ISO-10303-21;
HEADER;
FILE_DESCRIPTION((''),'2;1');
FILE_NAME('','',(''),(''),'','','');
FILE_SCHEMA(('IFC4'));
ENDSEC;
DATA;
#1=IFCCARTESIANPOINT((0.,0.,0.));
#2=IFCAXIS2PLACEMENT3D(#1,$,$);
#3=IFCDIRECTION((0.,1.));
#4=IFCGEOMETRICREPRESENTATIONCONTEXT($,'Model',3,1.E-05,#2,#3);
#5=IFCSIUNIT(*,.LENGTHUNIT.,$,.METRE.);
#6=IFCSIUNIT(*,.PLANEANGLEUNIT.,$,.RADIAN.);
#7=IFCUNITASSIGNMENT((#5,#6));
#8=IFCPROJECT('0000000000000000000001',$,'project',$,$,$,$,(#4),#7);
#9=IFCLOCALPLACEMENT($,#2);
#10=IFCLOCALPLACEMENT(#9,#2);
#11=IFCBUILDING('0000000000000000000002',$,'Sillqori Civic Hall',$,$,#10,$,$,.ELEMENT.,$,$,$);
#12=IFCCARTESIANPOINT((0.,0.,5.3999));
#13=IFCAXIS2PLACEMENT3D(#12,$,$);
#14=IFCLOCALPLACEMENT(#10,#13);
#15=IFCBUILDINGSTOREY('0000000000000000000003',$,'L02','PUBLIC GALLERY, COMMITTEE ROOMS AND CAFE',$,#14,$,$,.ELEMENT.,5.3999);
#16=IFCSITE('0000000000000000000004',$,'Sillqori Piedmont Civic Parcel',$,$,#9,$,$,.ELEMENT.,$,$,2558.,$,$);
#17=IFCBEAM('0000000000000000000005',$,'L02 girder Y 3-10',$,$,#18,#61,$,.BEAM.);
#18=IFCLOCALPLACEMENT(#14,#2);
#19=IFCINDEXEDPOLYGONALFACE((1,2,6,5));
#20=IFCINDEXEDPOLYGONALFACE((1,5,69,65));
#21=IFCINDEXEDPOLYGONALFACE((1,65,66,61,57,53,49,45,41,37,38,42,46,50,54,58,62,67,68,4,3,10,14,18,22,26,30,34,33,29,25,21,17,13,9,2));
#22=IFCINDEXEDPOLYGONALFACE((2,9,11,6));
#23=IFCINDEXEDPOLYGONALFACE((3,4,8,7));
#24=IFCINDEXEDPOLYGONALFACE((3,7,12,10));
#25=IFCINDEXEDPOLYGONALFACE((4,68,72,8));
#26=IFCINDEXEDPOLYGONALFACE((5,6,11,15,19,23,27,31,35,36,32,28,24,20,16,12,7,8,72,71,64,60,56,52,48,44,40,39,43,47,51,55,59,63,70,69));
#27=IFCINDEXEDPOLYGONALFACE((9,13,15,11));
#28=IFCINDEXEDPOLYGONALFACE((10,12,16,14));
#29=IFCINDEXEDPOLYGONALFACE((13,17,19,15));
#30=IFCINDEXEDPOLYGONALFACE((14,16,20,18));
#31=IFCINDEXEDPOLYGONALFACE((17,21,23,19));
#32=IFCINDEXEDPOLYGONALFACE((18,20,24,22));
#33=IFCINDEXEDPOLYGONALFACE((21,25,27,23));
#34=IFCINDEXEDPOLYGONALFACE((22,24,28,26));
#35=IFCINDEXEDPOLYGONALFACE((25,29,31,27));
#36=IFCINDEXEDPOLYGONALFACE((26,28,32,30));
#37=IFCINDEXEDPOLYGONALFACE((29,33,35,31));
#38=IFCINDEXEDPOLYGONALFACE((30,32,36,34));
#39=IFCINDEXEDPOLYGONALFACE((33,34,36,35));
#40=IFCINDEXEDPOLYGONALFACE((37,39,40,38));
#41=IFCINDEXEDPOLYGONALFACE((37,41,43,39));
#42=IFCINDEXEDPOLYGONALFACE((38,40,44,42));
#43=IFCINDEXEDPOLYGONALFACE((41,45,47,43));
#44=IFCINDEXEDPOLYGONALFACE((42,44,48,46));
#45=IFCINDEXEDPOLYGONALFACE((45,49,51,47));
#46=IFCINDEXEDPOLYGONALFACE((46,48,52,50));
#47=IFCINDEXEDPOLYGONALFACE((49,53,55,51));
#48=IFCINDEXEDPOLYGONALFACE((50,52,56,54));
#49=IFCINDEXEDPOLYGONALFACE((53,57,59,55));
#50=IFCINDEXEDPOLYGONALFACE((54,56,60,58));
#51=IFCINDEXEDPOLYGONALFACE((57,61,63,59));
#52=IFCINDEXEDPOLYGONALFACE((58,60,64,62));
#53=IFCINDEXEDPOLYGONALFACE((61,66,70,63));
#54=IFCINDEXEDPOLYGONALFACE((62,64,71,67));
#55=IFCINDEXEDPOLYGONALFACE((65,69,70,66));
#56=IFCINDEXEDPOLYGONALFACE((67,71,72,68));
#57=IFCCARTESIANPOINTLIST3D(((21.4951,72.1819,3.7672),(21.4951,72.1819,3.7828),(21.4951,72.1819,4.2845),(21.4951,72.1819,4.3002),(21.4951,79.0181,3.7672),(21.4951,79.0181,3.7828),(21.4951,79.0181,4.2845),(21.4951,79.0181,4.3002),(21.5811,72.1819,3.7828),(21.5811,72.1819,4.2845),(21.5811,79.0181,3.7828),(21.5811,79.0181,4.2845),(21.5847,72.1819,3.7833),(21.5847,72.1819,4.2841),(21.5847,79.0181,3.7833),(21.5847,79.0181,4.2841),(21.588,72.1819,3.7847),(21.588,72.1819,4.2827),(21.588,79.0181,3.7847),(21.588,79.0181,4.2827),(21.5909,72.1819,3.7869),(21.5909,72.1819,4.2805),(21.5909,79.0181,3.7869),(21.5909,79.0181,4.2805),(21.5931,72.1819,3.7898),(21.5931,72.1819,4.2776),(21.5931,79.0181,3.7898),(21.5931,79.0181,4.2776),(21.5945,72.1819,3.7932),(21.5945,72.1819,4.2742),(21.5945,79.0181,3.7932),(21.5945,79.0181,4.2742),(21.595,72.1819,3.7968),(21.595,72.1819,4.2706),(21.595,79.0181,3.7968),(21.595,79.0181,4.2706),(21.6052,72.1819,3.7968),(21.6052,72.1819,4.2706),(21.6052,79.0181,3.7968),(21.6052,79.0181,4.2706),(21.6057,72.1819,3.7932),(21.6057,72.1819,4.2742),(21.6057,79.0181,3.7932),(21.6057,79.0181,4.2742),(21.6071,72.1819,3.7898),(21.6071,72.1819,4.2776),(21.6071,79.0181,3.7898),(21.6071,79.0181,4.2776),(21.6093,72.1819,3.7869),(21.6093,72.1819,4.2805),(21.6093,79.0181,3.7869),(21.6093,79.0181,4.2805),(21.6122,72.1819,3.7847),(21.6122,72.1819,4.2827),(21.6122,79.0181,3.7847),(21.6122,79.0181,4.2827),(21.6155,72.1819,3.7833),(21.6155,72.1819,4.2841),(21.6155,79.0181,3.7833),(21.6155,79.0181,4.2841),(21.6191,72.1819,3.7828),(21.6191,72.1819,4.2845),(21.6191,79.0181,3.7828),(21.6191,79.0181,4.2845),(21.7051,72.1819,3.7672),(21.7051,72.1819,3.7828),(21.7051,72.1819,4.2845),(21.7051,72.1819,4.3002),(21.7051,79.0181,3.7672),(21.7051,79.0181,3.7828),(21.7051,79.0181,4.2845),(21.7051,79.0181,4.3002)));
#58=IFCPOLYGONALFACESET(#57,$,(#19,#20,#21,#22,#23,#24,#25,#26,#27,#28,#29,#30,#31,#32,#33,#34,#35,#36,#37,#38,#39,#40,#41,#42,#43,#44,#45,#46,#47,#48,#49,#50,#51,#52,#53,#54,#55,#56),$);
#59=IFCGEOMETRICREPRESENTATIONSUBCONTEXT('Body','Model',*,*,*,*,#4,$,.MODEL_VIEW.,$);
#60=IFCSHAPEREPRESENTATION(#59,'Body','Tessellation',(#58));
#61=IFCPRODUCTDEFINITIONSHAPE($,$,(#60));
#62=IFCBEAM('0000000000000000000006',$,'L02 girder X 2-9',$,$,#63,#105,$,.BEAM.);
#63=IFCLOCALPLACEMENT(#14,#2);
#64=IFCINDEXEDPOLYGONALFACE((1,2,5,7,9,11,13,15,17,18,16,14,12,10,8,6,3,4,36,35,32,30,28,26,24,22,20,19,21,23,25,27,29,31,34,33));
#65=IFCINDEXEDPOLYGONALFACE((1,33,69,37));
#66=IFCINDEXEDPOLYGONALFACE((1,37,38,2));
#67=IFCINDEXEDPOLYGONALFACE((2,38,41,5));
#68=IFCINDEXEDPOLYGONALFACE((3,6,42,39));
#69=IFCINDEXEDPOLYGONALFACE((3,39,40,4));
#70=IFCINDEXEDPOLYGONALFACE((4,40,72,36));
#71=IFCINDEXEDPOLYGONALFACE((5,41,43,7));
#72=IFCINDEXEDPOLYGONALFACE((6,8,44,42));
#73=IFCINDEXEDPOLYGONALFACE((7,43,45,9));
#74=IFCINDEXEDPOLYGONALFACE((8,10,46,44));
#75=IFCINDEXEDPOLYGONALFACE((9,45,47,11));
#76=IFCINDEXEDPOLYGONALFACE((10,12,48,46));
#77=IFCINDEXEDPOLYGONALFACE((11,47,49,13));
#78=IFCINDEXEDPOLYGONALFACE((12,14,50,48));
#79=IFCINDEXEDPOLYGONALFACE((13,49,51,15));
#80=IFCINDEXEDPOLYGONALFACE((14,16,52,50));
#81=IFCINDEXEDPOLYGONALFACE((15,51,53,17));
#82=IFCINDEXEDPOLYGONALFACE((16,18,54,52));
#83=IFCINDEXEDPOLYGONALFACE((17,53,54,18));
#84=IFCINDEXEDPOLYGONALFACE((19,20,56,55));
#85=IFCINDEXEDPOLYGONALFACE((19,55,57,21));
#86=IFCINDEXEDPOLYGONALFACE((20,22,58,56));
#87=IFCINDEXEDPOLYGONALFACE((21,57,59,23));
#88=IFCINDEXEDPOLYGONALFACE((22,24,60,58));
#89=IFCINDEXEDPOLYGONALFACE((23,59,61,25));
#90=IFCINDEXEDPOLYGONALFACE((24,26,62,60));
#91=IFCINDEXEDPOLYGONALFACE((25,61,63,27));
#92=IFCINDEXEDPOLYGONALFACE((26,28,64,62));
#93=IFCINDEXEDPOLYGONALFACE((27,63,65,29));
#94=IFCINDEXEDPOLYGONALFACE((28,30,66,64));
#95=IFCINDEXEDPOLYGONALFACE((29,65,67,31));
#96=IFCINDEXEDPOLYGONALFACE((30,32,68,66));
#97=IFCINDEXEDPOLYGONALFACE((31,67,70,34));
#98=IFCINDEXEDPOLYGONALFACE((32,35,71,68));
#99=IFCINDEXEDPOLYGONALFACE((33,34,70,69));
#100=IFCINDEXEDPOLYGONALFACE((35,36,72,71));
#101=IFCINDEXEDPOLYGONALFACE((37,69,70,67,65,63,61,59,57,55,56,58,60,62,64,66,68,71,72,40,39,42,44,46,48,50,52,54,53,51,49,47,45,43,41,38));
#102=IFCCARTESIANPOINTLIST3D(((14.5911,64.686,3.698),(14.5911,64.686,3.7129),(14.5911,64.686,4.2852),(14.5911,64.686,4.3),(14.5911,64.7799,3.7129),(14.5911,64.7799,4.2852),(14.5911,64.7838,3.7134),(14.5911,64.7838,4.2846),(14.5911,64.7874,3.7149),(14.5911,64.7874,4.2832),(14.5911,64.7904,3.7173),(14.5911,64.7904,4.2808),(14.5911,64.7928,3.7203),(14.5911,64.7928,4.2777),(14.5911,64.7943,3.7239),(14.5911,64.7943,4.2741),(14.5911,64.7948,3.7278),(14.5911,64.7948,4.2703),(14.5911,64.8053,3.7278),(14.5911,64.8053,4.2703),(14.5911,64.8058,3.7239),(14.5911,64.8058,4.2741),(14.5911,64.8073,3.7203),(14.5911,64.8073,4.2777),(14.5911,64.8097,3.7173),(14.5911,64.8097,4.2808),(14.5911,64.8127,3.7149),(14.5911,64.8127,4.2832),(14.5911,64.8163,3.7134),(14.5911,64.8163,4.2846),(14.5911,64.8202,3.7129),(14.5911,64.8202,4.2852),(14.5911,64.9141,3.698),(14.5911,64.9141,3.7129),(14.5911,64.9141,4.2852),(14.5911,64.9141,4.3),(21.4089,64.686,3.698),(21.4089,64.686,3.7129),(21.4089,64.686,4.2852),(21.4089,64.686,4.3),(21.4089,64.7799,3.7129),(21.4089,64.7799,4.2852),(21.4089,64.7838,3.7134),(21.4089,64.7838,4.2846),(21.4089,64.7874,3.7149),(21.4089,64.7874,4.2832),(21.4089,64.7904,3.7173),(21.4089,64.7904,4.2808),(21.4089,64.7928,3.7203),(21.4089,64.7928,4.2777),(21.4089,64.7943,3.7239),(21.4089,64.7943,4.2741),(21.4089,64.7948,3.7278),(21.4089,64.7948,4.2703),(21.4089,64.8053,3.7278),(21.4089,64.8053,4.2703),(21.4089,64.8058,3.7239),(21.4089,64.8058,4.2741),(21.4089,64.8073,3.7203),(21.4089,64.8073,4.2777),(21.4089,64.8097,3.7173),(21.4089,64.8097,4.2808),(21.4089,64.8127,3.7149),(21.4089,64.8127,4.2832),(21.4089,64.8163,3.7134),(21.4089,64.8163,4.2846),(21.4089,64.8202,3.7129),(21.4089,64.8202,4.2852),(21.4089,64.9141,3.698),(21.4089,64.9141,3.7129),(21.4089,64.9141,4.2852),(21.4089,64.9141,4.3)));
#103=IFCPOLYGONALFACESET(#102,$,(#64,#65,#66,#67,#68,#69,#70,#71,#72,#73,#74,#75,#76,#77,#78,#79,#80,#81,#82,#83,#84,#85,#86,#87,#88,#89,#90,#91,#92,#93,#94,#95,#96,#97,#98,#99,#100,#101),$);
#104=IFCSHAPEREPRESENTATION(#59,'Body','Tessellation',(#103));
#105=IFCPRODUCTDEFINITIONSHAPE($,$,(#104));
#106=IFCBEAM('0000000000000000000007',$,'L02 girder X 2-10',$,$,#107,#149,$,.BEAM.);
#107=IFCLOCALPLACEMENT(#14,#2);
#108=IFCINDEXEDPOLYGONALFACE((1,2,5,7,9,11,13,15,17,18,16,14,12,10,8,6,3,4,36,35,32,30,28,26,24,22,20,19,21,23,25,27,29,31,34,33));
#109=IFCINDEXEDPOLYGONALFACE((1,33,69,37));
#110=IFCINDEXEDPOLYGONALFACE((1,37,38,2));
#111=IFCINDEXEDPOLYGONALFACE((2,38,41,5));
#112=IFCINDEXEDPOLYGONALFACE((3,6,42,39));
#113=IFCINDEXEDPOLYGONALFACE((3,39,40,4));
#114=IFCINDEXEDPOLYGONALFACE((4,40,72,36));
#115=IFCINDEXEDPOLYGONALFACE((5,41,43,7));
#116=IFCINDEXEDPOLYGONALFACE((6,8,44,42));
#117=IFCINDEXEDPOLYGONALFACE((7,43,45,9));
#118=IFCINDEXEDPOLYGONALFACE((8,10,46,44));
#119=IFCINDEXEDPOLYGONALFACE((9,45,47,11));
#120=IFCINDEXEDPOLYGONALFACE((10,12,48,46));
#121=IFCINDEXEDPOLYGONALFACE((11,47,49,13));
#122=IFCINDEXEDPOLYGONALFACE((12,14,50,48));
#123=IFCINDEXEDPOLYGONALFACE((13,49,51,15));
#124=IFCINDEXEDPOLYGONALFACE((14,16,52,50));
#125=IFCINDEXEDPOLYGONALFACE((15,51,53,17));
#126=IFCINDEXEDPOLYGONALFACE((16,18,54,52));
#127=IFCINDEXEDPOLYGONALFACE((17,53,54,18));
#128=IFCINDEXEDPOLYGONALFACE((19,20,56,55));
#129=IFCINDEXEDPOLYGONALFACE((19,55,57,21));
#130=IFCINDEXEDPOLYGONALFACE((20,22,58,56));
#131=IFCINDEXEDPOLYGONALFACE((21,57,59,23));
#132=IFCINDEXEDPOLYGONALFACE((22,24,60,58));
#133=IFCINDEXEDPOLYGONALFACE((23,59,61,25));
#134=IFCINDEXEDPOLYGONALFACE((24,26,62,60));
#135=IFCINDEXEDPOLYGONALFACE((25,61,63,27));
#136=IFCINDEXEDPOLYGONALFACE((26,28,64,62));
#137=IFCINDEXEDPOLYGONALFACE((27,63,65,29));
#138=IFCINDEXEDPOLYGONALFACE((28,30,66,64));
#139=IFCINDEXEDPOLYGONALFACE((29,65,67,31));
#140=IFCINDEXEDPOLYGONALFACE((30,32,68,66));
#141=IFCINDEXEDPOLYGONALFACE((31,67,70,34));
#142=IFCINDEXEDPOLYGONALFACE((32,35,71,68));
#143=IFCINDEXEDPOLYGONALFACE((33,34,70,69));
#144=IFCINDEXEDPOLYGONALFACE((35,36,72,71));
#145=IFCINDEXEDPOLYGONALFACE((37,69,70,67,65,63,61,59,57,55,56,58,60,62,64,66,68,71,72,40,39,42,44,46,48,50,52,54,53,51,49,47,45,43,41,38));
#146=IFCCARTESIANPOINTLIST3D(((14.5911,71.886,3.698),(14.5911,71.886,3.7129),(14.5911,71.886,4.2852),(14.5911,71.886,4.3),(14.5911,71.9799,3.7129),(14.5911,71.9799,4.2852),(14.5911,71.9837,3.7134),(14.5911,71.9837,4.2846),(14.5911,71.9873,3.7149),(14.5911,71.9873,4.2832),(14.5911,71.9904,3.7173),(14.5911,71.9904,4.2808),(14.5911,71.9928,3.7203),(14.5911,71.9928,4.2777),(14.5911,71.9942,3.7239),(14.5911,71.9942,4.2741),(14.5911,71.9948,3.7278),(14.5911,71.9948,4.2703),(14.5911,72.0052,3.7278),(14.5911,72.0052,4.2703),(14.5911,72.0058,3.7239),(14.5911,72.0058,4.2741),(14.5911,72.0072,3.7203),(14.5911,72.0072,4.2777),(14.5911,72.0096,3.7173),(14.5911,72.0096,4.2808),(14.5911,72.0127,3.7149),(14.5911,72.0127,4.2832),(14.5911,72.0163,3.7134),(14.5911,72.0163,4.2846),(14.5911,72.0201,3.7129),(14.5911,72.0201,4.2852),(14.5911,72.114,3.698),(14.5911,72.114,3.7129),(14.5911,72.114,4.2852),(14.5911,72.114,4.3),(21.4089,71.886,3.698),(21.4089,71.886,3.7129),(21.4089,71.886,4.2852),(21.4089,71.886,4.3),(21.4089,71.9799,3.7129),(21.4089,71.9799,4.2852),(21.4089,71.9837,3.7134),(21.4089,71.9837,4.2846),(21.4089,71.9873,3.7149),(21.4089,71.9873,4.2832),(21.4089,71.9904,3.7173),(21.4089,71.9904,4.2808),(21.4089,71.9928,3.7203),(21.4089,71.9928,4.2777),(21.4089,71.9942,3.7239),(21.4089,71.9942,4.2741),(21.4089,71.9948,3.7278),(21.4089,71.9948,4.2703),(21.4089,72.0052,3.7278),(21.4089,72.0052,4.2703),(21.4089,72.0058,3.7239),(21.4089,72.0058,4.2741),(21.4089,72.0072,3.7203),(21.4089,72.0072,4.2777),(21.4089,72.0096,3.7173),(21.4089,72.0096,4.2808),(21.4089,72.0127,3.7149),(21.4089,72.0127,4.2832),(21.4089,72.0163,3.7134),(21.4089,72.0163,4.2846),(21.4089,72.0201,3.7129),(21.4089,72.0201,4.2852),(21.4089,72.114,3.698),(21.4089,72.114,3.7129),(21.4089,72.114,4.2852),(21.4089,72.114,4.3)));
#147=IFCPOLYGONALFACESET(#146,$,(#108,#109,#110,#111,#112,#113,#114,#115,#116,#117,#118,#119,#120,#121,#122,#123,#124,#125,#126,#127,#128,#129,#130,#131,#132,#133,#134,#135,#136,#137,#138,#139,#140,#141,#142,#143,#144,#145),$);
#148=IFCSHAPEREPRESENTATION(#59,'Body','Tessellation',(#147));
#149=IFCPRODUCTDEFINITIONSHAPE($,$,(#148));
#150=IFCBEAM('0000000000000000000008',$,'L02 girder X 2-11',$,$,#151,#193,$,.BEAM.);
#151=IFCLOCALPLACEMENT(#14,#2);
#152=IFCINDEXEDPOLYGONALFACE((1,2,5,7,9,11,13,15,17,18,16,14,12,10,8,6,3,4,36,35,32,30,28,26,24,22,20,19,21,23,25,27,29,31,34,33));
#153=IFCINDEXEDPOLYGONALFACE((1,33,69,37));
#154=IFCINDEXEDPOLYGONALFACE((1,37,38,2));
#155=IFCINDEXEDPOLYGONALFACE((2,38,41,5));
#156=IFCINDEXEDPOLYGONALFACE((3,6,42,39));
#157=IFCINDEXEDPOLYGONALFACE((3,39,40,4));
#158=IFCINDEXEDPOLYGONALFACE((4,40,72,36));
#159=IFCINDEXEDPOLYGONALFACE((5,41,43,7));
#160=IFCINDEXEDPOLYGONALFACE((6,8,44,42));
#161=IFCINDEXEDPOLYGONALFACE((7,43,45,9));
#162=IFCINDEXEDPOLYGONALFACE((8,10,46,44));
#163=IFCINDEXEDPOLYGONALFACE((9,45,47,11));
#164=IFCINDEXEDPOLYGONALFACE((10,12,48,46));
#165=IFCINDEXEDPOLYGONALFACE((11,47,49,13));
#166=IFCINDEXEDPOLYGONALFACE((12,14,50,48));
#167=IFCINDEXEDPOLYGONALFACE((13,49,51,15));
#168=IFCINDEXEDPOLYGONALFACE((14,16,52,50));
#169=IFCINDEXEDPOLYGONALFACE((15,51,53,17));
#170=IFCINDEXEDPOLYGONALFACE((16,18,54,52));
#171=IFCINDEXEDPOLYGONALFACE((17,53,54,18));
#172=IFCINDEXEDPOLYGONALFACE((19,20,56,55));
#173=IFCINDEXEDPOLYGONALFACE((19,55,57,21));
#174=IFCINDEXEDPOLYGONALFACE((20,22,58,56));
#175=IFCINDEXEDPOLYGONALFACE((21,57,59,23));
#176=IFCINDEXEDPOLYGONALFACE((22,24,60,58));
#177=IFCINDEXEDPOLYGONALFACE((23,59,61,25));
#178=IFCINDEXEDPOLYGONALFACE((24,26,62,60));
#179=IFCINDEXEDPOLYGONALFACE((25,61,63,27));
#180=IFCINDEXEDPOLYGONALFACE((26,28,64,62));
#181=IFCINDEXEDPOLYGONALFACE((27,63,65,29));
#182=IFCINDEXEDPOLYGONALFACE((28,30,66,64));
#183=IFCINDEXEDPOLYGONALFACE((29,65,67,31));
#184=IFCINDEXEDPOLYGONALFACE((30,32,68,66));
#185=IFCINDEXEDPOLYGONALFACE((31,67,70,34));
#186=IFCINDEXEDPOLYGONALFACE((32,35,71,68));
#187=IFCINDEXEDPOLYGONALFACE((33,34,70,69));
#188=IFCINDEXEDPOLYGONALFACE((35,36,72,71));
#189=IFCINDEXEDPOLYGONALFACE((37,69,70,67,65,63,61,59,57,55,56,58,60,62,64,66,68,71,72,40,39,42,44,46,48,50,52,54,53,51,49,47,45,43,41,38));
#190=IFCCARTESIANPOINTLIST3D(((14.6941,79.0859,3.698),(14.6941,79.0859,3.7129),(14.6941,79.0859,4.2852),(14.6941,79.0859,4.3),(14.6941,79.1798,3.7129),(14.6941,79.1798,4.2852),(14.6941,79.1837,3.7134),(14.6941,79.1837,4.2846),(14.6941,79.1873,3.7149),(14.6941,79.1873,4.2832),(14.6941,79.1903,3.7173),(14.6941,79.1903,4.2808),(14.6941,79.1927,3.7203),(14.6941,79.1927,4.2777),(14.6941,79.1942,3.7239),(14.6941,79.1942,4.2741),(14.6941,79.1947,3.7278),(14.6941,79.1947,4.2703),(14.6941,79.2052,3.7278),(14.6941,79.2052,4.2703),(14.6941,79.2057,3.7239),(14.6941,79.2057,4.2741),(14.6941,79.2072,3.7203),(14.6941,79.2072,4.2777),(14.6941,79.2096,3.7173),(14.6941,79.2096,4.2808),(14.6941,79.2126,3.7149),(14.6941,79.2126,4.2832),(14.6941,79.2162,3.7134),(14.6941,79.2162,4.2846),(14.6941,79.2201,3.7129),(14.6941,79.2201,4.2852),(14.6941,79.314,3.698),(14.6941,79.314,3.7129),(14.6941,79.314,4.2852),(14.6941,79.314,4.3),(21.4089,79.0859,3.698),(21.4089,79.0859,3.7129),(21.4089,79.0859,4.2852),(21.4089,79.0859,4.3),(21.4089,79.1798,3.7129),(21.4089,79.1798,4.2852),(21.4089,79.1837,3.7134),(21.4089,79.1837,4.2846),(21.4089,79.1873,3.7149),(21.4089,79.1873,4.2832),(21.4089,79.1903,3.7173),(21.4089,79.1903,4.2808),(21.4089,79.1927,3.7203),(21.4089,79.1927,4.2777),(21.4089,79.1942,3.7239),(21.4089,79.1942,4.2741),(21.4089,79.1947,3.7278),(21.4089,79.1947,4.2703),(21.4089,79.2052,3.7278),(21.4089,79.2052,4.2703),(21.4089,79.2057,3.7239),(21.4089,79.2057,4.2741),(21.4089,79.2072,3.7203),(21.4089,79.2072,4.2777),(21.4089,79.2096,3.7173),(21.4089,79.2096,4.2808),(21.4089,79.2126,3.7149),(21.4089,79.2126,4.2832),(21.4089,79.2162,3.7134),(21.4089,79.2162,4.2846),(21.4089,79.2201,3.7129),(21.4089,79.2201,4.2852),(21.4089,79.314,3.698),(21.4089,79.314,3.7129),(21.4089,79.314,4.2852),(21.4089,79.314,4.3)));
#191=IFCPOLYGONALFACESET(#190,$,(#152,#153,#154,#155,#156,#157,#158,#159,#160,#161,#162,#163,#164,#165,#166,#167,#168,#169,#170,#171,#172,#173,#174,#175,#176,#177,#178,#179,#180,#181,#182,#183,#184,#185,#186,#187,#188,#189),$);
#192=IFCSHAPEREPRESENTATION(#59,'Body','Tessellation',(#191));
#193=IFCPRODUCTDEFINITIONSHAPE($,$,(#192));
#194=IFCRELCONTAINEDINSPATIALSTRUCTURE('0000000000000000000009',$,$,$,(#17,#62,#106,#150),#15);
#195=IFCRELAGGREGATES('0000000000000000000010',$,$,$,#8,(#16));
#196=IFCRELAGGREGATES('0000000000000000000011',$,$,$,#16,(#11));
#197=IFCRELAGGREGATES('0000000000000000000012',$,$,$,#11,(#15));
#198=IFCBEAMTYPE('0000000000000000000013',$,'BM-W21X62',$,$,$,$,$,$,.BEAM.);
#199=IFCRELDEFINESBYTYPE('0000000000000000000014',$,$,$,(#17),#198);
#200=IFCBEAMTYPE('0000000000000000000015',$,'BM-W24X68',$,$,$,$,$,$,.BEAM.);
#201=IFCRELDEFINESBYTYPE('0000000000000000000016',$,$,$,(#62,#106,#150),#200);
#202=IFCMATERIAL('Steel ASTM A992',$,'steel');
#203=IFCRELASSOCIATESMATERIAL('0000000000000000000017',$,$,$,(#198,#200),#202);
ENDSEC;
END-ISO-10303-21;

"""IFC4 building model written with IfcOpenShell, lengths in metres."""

from ifc_helpers import new_model, si_unit, direction, frame, origin, origin_2d, place, context, subcontext, project, spatial, i_section, extrude, material, material_profile, profile_set, type_object, element, save


model = new_model("IFC4")

# Units and contexts
model_context = context("Model", 3, precision=1e-05, world=origin(), true_north=direction((0.0, 1.0)))
body_context = subcontext(model_context, "Body", "Model", "MODEL_VIEW")
ifc_project = project(units=[si_unit("LENGTHUNIT", "METRE"), si_unit("PLANEANGLEUNIT", "RADIAN")], contexts=[model_context])

# Site, building, storey
site_placement = place(None, origin())
site = spatial("IfcSite", under=ifc_project, at=site_placement, Name="Sillqori Piedmont Civic Parcel", CompositionType="ELEMENT", RefElevation=2558.0)
building_placement = place(site_placement, origin())
building = spatial("IfcBuilding", under=site, at=building_placement, Name="Sillqori Civic Hall", CompositionType="ELEMENT")
storey_placement = place(building_placement, frame((0.0, 0.0, 5.3999)))
storey = spatial("IfcBuildingStorey", under=building, at=storey_placement, Name="L02", Description="PUBLIC GALLERY, COMMITTEE ROOMS AND CAFE", CompositionType="ELEMENT", Elevation=5.3999)

# Shared definitions
ifc_material_1 = material(Name="Steel ASTM A992", Category="steel")

# Beams
ifc_material_profile_1 = material_profile(ifc_material_1, i_section(OverallWidth=0.21, OverallDepth=0.533, WebThickness=0.0103, FlangeThickness=0.0156, FilletRadius=0.0139, at=origin_2d()), Name="W21X62")
ifc_profile_set_1 = profile_set([ifc_material_profile_1], Name="Steel ASTM A992")
beam_type_1 = type_object("IfcBeamType", Name="BM-W21X62", PredefinedType="BEAM", material=ifc_profile_set_1)
for number, where, z_axis, x_axis, name in (
    (1, (21.6001, 72.1819, 4.0337), (0.0, 1.0, 0.0), (-1.0, 0.0, 0.0), "L02 girder Y 3-10"),
):
    element("IfcBeam", number, at=place(storey_placement, frame(where, z_axis=z_axis, x_axis=x_axis)), inside=storey, type_object=beam_type_1, Name=name, PredefinedType="BEAM", context=body_context, shape_type="SweptSolid", body=[
        extrude(i_section(OverallWidth=0.21, OverallDepth=0.533, WebThickness=0.0103, FlangeThickness=0.0156, FilletRadius=0.0139, at=origin_2d()), origin(), (0.0, 0.0, 1.0), 6.8362),
    ])
ifc_material_profile_2 = material_profile(ifc_material_1, i_section(OverallWidth=0.228, OverallDepth=0.6021, WebThickness=0.0105, FlangeThickness=0.0149, FilletRadius=0.0149, at=origin_2d()), Name="W24X68")
ifc_profile_set_2 = profile_set([ifc_material_profile_2], Name="Steel ASTM A992")
beam_type_2 = type_object("IfcBeamType", Name="BM-W24X68", PredefinedType="BEAM", material=ifc_profile_set_2)
for number, where, z_axis, x_axis, name in (
    (2, (14.5911, 64.8, 3.999), (1.0, 0.0, 0.0), (0.0, 1.0, 0.0), "L02 girder X 2-9"),
    (3, (14.5911, 72.0, 3.999), (1.0, 0.0, 0.0), (0.0, 1.0, 0.0), "L02 girder X 2-10"),
):
    element("IfcBeam", number, at=place(storey_placement, frame(where, z_axis=z_axis, x_axis=x_axis)), inside=storey, type_object=beam_type_2, Name=name, PredefinedType="BEAM", context=body_context, shape_type="SweptSolid", body=[
        extrude(i_section(OverallWidth=0.228, OverallDepth=0.6021, WebThickness=0.0105, FlangeThickness=0.0149, FilletRadius=0.0149, at=origin_2d()), origin(), (0.0, 0.0, 1.0), 6.8179),
    ])
beam_1_placement = place(storey_placement, frame((14.6941, 79.2, 3.999), z_axis=(1.0, 0.0, 0.0), x_axis=(0.0, 1.0, 0.0)))
element("IfcBeam", 4, at=beam_1_placement, inside=storey, type_object=beam_type_2, Name="L02 girder X 2-11", PredefinedType="BEAM", context=body_context, shape_type="SweptSolid", body=[
    extrude(i_section(OverallWidth=0.228, OverallDepth=0.6021, WebThickness=0.0105, FlangeThickness=0.0149, FilletRadius=0.0149, at=origin_2d()), origin(), (0.0, 0.0, 1.0), 6.7148),
])

save(model, "model.ifc")
